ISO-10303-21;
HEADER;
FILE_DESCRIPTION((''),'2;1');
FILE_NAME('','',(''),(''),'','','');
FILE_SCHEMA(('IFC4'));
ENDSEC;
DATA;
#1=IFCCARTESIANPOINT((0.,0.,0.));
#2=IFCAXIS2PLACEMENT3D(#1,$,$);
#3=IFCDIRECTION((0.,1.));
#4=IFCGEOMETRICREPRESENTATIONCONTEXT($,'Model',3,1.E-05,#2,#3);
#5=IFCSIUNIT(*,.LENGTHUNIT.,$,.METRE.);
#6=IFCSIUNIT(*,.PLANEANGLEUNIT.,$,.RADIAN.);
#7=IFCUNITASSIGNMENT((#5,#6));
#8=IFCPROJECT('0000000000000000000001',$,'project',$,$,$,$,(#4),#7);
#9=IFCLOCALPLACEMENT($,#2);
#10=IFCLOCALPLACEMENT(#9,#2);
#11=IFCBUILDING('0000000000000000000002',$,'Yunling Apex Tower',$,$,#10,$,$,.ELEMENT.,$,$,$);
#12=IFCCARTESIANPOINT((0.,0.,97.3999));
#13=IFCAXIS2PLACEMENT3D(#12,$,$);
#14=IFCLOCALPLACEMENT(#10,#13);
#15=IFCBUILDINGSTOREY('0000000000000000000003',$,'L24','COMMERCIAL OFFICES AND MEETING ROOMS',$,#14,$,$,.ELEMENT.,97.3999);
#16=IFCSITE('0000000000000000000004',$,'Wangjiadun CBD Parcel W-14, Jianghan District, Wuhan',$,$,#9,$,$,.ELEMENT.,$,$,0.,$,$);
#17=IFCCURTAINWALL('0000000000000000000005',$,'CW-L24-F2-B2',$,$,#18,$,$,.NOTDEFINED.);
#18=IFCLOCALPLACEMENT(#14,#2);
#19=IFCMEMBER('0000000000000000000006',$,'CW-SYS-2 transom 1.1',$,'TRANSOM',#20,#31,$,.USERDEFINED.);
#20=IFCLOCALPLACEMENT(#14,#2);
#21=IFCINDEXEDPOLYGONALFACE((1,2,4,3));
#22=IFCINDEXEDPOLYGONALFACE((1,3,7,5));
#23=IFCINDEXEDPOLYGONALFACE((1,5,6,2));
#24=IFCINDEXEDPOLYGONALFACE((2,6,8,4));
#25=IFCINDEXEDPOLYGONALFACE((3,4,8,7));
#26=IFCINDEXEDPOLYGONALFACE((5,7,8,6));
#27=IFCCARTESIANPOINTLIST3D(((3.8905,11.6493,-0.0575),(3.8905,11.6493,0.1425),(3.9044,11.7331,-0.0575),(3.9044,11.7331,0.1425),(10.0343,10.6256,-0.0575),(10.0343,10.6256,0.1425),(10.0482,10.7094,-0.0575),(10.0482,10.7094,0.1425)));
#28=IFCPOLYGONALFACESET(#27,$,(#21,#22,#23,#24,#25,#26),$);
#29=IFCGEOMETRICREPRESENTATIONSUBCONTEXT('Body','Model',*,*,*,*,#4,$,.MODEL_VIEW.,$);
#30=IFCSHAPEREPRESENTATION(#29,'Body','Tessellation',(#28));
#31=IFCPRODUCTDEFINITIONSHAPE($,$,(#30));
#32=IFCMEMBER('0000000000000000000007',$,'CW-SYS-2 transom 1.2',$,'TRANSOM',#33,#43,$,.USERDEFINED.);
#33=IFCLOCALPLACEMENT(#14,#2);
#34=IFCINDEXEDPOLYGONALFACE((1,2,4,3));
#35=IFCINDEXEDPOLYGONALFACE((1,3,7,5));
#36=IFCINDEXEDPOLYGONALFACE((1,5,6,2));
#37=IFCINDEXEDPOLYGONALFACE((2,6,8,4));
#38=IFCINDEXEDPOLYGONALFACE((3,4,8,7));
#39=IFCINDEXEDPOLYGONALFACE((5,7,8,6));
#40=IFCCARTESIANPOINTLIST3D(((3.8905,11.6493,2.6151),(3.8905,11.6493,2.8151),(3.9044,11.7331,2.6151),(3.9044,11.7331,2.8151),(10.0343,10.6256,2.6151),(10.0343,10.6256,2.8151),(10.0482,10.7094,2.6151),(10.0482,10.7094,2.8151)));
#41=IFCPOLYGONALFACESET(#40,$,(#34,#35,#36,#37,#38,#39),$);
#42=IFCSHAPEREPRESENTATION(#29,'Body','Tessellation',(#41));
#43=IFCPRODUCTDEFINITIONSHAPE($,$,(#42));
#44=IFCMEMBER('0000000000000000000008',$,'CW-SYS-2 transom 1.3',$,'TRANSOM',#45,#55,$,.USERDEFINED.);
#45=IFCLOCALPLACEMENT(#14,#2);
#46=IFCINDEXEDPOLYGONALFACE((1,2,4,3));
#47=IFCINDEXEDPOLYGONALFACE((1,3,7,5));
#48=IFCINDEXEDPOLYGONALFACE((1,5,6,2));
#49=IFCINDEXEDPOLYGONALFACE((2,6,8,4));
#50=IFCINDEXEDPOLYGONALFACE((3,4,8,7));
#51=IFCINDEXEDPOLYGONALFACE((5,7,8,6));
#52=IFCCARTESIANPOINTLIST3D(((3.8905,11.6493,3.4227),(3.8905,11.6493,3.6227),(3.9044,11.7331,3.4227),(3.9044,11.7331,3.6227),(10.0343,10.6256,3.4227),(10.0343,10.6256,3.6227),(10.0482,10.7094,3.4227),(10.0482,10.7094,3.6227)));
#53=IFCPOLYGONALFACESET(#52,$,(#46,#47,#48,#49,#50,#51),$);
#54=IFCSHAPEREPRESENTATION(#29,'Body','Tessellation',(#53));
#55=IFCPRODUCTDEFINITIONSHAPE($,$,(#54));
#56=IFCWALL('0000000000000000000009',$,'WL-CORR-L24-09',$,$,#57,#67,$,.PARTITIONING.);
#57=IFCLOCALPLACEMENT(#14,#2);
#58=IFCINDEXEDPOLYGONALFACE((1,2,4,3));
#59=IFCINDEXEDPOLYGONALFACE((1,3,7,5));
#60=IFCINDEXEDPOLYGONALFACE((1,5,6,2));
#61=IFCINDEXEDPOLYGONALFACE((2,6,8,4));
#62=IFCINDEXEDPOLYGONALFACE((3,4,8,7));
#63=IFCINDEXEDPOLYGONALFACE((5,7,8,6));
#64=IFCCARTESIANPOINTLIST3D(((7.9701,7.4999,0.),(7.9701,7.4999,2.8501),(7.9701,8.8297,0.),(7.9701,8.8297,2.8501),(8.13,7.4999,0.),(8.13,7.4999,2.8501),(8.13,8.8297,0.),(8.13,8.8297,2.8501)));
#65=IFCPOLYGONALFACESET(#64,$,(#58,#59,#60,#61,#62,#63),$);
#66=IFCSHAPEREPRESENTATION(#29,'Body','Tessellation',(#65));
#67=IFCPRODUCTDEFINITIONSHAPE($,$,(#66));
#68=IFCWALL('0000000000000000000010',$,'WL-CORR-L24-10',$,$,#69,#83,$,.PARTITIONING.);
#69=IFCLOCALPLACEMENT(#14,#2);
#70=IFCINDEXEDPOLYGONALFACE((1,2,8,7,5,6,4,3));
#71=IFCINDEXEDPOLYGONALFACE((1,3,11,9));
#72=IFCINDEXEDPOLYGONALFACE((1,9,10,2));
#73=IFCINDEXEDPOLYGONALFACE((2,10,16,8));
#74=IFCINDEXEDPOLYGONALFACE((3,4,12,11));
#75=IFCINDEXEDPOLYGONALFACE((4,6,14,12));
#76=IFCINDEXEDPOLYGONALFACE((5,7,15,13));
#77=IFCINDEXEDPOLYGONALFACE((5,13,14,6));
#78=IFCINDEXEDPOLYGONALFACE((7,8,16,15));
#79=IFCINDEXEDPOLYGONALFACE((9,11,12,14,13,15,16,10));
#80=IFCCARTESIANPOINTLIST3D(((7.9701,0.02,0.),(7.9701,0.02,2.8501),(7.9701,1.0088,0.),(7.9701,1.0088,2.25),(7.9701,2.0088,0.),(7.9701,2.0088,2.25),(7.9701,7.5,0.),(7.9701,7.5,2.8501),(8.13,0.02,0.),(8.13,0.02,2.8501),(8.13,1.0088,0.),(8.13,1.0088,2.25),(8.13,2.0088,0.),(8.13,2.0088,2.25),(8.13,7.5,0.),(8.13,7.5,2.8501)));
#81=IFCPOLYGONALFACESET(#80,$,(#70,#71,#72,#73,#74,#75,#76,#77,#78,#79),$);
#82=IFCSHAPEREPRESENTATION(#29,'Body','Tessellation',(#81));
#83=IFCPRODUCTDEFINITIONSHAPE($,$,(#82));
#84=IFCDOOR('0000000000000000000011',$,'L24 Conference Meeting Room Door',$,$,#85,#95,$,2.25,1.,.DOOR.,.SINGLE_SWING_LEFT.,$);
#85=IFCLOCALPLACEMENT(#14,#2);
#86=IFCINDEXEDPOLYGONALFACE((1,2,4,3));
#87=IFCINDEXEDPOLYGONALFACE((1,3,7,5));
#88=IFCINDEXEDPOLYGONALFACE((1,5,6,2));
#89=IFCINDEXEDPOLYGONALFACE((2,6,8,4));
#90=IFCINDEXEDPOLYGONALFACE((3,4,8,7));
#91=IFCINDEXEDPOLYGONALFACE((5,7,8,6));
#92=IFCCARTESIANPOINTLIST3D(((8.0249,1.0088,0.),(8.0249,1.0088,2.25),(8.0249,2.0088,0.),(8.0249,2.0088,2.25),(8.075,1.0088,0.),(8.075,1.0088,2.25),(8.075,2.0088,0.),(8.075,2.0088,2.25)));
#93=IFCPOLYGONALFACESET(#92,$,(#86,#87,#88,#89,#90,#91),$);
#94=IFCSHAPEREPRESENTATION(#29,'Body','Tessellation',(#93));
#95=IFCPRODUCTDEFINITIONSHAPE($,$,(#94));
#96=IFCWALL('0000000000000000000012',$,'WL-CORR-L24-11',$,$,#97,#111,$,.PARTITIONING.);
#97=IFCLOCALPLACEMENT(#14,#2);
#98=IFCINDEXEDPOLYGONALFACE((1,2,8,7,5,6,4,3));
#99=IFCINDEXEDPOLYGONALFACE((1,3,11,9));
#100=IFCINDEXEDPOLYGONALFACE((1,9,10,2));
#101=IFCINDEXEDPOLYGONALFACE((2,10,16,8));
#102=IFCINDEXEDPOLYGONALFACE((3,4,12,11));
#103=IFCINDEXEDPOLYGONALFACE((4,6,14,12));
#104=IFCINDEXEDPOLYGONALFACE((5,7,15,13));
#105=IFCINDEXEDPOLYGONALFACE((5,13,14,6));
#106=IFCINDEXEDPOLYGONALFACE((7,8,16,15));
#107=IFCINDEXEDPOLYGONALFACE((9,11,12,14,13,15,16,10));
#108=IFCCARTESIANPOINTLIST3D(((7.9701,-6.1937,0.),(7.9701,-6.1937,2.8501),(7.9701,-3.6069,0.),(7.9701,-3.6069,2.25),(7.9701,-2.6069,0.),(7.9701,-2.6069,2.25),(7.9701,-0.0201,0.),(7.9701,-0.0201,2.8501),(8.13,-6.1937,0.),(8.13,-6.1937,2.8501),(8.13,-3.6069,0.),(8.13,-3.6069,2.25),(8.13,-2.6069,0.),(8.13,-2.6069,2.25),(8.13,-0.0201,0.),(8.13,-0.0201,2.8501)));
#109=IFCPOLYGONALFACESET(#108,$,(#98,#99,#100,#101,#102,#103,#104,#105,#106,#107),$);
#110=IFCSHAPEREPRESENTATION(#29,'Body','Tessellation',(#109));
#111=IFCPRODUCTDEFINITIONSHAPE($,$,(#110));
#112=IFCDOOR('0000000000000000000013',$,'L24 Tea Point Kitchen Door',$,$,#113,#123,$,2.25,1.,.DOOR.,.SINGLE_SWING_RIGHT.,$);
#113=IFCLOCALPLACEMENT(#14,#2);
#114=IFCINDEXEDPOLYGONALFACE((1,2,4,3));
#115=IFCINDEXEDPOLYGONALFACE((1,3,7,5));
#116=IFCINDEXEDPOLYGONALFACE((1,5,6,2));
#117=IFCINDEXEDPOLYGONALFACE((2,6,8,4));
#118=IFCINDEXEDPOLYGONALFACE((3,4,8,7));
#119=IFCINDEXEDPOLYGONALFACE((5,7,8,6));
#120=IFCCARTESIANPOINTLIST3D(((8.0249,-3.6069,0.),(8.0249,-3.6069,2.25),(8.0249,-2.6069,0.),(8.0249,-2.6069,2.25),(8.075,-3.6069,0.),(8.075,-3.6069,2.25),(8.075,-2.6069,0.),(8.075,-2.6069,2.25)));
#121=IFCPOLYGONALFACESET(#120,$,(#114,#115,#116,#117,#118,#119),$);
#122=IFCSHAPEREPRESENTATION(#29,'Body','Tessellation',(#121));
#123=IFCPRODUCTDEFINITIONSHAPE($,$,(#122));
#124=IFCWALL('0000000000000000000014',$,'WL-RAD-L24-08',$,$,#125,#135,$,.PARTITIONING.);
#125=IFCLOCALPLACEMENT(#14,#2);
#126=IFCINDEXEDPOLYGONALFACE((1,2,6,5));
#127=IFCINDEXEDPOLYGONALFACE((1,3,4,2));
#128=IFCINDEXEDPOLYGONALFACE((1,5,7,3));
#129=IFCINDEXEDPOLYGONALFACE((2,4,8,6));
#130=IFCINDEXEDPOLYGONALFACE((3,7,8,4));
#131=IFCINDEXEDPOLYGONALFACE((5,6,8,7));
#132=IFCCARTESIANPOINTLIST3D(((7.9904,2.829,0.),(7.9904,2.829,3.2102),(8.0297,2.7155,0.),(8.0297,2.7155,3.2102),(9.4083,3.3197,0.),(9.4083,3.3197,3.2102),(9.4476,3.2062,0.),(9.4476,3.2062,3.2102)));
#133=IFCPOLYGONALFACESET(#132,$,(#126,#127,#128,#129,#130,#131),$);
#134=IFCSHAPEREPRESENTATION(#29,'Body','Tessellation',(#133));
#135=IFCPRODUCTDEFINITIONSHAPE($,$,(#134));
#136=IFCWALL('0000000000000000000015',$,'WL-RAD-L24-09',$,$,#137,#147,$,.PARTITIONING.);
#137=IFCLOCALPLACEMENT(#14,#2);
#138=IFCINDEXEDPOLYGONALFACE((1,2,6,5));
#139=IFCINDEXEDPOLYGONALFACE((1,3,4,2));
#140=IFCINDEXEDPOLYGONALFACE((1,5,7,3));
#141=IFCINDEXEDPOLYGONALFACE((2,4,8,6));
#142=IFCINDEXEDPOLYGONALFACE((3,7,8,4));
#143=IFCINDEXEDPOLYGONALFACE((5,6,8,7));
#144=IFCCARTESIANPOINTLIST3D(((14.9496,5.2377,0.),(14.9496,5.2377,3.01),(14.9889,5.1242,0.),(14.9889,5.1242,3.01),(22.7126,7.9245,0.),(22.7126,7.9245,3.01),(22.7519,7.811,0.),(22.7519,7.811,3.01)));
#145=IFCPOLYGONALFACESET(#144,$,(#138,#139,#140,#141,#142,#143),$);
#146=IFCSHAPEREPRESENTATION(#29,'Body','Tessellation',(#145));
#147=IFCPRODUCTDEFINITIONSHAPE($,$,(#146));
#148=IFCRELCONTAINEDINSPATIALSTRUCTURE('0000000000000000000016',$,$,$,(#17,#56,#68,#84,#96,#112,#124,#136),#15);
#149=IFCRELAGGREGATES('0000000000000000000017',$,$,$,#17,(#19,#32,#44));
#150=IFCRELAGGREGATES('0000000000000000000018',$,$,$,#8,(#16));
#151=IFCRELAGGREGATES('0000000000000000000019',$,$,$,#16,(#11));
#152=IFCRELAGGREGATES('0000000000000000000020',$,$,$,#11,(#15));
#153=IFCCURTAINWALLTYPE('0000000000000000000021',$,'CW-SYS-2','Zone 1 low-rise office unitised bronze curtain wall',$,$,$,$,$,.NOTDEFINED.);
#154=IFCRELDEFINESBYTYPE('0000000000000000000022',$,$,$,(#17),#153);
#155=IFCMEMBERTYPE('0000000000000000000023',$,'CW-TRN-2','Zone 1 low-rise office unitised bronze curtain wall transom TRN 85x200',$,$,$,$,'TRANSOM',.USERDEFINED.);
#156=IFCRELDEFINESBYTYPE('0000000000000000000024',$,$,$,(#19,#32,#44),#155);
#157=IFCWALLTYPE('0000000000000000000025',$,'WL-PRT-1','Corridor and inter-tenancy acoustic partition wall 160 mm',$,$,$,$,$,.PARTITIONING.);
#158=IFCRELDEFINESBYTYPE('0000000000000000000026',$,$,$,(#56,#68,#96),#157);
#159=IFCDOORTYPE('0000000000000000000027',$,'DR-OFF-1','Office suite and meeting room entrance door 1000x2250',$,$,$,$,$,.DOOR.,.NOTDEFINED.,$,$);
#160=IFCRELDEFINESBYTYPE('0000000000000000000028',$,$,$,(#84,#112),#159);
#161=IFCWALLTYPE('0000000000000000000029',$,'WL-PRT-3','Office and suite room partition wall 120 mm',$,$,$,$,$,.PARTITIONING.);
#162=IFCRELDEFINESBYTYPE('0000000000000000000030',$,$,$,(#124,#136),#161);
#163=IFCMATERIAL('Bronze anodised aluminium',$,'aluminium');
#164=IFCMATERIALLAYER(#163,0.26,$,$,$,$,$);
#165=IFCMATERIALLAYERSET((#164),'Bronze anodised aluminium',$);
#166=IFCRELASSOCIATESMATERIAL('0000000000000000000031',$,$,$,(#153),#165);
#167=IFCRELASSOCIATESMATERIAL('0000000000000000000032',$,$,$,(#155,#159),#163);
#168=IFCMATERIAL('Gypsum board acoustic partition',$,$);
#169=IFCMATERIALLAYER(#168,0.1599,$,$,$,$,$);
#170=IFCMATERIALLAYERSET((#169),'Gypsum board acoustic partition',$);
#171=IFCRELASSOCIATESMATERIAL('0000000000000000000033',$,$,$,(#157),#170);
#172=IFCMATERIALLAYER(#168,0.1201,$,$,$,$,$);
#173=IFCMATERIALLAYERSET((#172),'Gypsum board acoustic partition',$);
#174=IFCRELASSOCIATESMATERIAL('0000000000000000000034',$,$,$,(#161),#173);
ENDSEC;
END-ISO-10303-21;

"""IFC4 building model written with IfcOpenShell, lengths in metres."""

from ifc_helpers import new_model, si_unit, direction, frame, frame_2d, origin, origin_2d, place, context, subcontext, project, spatial, rectangle, extrude, source, transform, mapped, material, layer, layer_set, material_profile, profile_set, type_object, element, fill, aggregate, save


model = new_model("IFC4")

# Units and contexts
model_context = context("Model", 3, precision=1e-05, world=origin(), true_north=direction((0.0, 1.0)))
body_context = subcontext(model_context, "Body", "Model", "MODEL_VIEW")
ifc_project = project(units=[si_unit("LENGTHUNIT", "METRE"), si_unit("PLANEANGLEUNIT", "RADIAN")], contexts=[model_context])

# Site, building, storey
site_placement = place(None, origin())
site = spatial("IfcSite", under=ifc_project, at=site_placement, Name="Wangjiadun CBD Parcel W-14, Jianghan District, Wuhan", CompositionType="ELEMENT", RefElevation=0.0)
building_placement = place(site_placement, origin())
building = spatial("IfcBuilding", under=site, at=building_placement, Name="Yunling Apex Tower", CompositionType="ELEMENT")
storey_placement = place(building_placement, frame((0.0, 0.0, 97.3999)))
storey = spatial("IfcBuildingStorey", under=building, at=storey_placement, Name="L24", Description="COMMERCIAL OFFICES AND MEETING ROOMS", CompositionType="ELEMENT", Elevation=97.3999)

# Shared definitions
ifc_material_1 = material(Name="Bronze anodised aluminium", Category="aluminium")
ifc_layer_1 = layer(ifc_material_1, 0.26)
ifc_layer_set_1 = layer_set([ifc_layer_1], Name="Bronze anodised aluminium")
curtain_wall_type = type_object("IfcCurtainWallType", Name="CW-SYS-2", Description="Zone 1 low-rise office unitised bronze curtain wall", PredefinedType="NOTDEFINED", material=ifc_layer_set_1)

# Curtain wall, members
curtain_wall_1_placement = place(storey_placement, origin())
curtain_wall_1 = element("IfcCurtainWall", 1, at=curtain_wall_1_placement, inside=storey, type_object=curtain_wall_type, Name="CW-L24-F2-B2", PredefinedType="NOTDEFINED")
ifc_material_profile_1 = material_profile(ifc_material_1, rectangle(XDim=0.085, YDim=0.2, at=origin_2d()))
ifc_profile_set_1 = profile_set([ifc_material_profile_1], Name="Bronze anodised aluminium")
member_type_1 = type_object("IfcMemberType", Name="CW-TRN-2", Description="Zone 1 low-rise office unitised bronze curtain wall transom TRN 85x200", ElementType="TRANSOM", PredefinedType="USERDEFINED", material=ifc_profile_set_1)
shared_shape_1 = source(origin(), body_context, "Body", "SweptSolid", [
    extrude(rectangle(XDim=0.085, YDim=0.2, at=origin_2d()), origin(), (0.0, 0.0, 1.0), 6.2285),
])
member_1_placement = place(storey_placement, frame((10.0413, 10.6675, 0.0425), z_axis=(-0.986401, 0.164354, 0.0), x_axis=(-0.164354, -0.986401, 0.0)))
member_1 = element("IfcMember", 2, at=member_1_placement, type_object=member_type_1, Name="CW-SYS-2 transom 1.1", ObjectType="TRANSOM", PredefinedType="USERDEFINED", context=body_context, shape_type="MappedRepresentation", body=[
    mapped(shared_shape_1, transform((0.0, 0.0, 0.0), scale=1.0)),
])
member_2_placement = place(storey_placement, frame((10.0413, 10.6675, 2.7151), z_axis=(-0.986401, 0.164354, 0.0), x_axis=(-0.164354, -0.986401, 0.0)))
member_2 = element("IfcMember", 3, at=member_2_placement, type_object=member_type_1, Name="CW-SYS-2 transom 1.2", ObjectType="TRANSOM", PredefinedType="USERDEFINED", context=body_context, shape_type="MappedRepresentation", body=[
    mapped(shared_shape_1, transform((0.0, 0.0, 0.0), scale=1.0)),
])
member_3_placement = place(storey_placement, frame((10.0413, 10.6675, 3.5227), z_axis=(-0.986401, 0.164354, 0.0), x_axis=(-0.164354, -0.986401, 0.0)))
member_3 = element("IfcMember", 4, at=member_3_placement, type_object=member_type_1, Name="CW-SYS-2 transom 1.3", ObjectType="TRANSOM", PredefinedType="USERDEFINED", context=body_context, shape_type="MappedRepresentation", body=[
    mapped(shared_shape_1, transform((0.0, 0.0, 0.0), scale=1.0)),
])
aggregate(curtain_wall_1, [member_1, member_2, member_3])

# Wall
ifc_material_2 = material(Name="Gypsum board acoustic partition")
ifc_layer_2 = layer(ifc_material_2, 0.1599)
ifc_layer_set_2 = layer_set([ifc_layer_2], Name="Gypsum board acoustic partition")
wall_type_1 = type_object("IfcWallType", Name="WL-PRT-1", Description="Corridor and inter-tenancy acoustic partition wall 160 mm", PredefinedType="PARTITIONING", material=ifc_layer_set_2)
wall_1_placement = place(storey_placement, frame((8.05, 8.8298, 0.0), z_axis=(0.0, 0.0, 1.0), x_axis=(0.0, -1.0, 0.0)))
element("IfcWall", 5, at=wall_1_placement, inside=storey, type_object=wall_type_1, Name="WL-CORR-L24-09", PredefinedType="PARTITIONING", context=body_context, shape_type="SweptSolid", body=[
    extrude(rectangle(XDim=1.3298, YDim=0.1599, at=frame_2d((0.665, 0.0))), origin(), (0.0, 0.0, 1.0), 2.8501),
])

# Walls, openings, doors
wall_2_placement = place(storey_placement, frame((8.05, 7.5, 0.0), z_axis=(0.0, 0.0, 1.0), x_axis=(0.0, -1.0, 0.0)))
wall_2 = element("IfcWall", 6, at=wall_2_placement, inside=storey, type_object=wall_type_1, Name="WL-CORR-L24-10", PredefinedType="PARTITIONING", context=body_context, shape_type="SweptSolid", body=[
    extrude(rectangle(XDim=7.48, YDim=0.1599, at=frame_2d((3.74, 0.0))), origin(), (0.0, 0.0, 1.0), 2.8501),
])
opening_1_placement = place(wall_2_placement, frame((5.4912, 0.0, 0.0)))
opening_1 = element("IfcOpeningElement", 7, at=opening_1_placement, cuts=wall_2, PredefinedType="OPENING", context=body_context, shape_type="SweptSolid", body=[
    extrude(rectangle(XDim=1.0, YDim=2.25, at=frame_2d((0.5, 1.125))), frame((0.0, 0.0898, 0.0), z_axis=(0.0, -1.0, 0.0), x_axis=(1.0, 0.0, 0.0)), (0.0, 0.0, 1.0), 0.1799),
])
door_type = type_object("IfcDoorType", Name="DR-OFF-1", Description="Office suite and meeting room entrance door 1000x2250", OperationType="NOTDEFINED", PredefinedType="DOOR", material=ifc_material_1)
door_1_placement = place(opening_1_placement, origin())
door_1 = element("IfcDoor", 8, at=door_1_placement, inside=storey, type_object=door_type, Name="L24 Conference Meeting Room Door", OperationType="SINGLE_SWING_LEFT", OverallHeight=2.25, OverallWidth=1.0, PredefinedType="DOOR", context=body_context, shape_type="SweptSolid", body=[
    extrude(rectangle(XDim=1.0, YDim=2.25, at=frame_2d((0.5, 1.125))), frame((0.0, 0.0249, 0.0), z_axis=(0.0, -1.0, 0.0), x_axis=(1.0, 0.0, 0.0)), (0.0, 0.0, 1.0), 0.05),
])
fill(opening_1, door_1)
wall_3_placement = place(storey_placement, frame((8.05, -0.02, 0.0), z_axis=(0.0, 0.0, 1.0), x_axis=(0.0, -1.0, 0.0)))
wall_3 = element("IfcWall", 9, at=wall_3_placement, inside=storey, type_object=wall_type_1, Name="WL-CORR-L24-11", PredefinedType="PARTITIONING", context=body_context, shape_type="SweptSolid", body=[
    extrude(rectangle(XDim=6.1736, YDim=0.1599, at=frame_2d((3.0869, 0.0))), origin(), (0.0, 0.0, 1.0), 2.8501),
])
opening_2_placement = place(wall_3_placement, frame((2.5869, 0.0, 0.0)))
opening_2 = element("IfcOpeningElement", 10, at=opening_2_placement, cuts=wall_3, PredefinedType="OPENING", context=body_context, shape_type="SweptSolid", body=[
    extrude(rectangle(XDim=1.0, YDim=2.25, at=frame_2d((0.5, 1.125))), frame((0.0, 0.0898, 0.0), z_axis=(0.0, -1.0, 0.0), x_axis=(1.0, 0.0, 0.0)), (0.0, 0.0, 1.0), 0.1799),
])
door_2_placement = place(opening_2_placement, origin())
door_2 = element("IfcDoor", 11, at=door_2_placement, inside=storey, type_object=door_type, Name="L24 Tea Point Kitchen Door", OperationType="SINGLE_SWING_RIGHT", OverallHeight=2.25, OverallWidth=1.0, PredefinedType="DOOR", context=body_context, shape_type="SweptSolid", body=[
    extrude(rectangle(XDim=1.0, YDim=2.25, at=frame_2d((0.5, 1.125))), frame((0.0, 0.0249, 0.0), z_axis=(0.0, -1.0, 0.0), x_axis=(1.0, 0.0, 0.0)), (0.0, 0.0, 1.0), 0.05),
])
fill(opening_2, door_2)

# Walls
ifc_layer_3 = layer(ifc_material_2, 0.1201)
ifc_layer_set_3 = layer_set([ifc_layer_3], Name="Gypsum board acoustic partition")
wall_type_2 = type_object("IfcWallType", Name="WL-PRT-3", Description="Office and suite room partition wall 120 mm", PredefinedType="PARTITIONING", material=ifc_layer_set_3)
wall_4_placement = place(storey_placement, frame((8.01, 2.7722, 0.0), z_axis=(0.0, 0.0, 1.0), x_axis=(0.945009, 0.327044, 0.0)))
element("IfcWall", 12, at=wall_4_placement, inside=storey, type_object=wall_type_2, Name="WL-RAD-L24-08", PredefinedType="PARTITIONING", context=body_context, shape_type="SweptSolid", body=[
    extrude(rectangle(XDim=1.5005, YDim=0.1201, at=frame_2d((0.7502, 0.0))), origin(), (0.0, 0.0, 1.0), 3.2102),
])
wall_5_placement = place(storey_placement, frame((14.9692, 5.1809, 0.0), z_axis=(0.0, 0.0, 1.0), x_axis=(0.945001, 0.327067, 0.0)))
element("IfcWall", 13, at=wall_5_placement, inside=storey, type_object=wall_type_2, Name="WL-RAD-L24-09", PredefinedType="PARTITIONING", context=body_context, shape_type="SweptSolid", body=[
    extrude(rectangle(XDim=8.2148, YDim=0.1201, at=frame_2d((4.1074, 0.0))), origin(), (0.0, 0.0, 1.0), 3.01),
])

save(model, "model.ifc")
